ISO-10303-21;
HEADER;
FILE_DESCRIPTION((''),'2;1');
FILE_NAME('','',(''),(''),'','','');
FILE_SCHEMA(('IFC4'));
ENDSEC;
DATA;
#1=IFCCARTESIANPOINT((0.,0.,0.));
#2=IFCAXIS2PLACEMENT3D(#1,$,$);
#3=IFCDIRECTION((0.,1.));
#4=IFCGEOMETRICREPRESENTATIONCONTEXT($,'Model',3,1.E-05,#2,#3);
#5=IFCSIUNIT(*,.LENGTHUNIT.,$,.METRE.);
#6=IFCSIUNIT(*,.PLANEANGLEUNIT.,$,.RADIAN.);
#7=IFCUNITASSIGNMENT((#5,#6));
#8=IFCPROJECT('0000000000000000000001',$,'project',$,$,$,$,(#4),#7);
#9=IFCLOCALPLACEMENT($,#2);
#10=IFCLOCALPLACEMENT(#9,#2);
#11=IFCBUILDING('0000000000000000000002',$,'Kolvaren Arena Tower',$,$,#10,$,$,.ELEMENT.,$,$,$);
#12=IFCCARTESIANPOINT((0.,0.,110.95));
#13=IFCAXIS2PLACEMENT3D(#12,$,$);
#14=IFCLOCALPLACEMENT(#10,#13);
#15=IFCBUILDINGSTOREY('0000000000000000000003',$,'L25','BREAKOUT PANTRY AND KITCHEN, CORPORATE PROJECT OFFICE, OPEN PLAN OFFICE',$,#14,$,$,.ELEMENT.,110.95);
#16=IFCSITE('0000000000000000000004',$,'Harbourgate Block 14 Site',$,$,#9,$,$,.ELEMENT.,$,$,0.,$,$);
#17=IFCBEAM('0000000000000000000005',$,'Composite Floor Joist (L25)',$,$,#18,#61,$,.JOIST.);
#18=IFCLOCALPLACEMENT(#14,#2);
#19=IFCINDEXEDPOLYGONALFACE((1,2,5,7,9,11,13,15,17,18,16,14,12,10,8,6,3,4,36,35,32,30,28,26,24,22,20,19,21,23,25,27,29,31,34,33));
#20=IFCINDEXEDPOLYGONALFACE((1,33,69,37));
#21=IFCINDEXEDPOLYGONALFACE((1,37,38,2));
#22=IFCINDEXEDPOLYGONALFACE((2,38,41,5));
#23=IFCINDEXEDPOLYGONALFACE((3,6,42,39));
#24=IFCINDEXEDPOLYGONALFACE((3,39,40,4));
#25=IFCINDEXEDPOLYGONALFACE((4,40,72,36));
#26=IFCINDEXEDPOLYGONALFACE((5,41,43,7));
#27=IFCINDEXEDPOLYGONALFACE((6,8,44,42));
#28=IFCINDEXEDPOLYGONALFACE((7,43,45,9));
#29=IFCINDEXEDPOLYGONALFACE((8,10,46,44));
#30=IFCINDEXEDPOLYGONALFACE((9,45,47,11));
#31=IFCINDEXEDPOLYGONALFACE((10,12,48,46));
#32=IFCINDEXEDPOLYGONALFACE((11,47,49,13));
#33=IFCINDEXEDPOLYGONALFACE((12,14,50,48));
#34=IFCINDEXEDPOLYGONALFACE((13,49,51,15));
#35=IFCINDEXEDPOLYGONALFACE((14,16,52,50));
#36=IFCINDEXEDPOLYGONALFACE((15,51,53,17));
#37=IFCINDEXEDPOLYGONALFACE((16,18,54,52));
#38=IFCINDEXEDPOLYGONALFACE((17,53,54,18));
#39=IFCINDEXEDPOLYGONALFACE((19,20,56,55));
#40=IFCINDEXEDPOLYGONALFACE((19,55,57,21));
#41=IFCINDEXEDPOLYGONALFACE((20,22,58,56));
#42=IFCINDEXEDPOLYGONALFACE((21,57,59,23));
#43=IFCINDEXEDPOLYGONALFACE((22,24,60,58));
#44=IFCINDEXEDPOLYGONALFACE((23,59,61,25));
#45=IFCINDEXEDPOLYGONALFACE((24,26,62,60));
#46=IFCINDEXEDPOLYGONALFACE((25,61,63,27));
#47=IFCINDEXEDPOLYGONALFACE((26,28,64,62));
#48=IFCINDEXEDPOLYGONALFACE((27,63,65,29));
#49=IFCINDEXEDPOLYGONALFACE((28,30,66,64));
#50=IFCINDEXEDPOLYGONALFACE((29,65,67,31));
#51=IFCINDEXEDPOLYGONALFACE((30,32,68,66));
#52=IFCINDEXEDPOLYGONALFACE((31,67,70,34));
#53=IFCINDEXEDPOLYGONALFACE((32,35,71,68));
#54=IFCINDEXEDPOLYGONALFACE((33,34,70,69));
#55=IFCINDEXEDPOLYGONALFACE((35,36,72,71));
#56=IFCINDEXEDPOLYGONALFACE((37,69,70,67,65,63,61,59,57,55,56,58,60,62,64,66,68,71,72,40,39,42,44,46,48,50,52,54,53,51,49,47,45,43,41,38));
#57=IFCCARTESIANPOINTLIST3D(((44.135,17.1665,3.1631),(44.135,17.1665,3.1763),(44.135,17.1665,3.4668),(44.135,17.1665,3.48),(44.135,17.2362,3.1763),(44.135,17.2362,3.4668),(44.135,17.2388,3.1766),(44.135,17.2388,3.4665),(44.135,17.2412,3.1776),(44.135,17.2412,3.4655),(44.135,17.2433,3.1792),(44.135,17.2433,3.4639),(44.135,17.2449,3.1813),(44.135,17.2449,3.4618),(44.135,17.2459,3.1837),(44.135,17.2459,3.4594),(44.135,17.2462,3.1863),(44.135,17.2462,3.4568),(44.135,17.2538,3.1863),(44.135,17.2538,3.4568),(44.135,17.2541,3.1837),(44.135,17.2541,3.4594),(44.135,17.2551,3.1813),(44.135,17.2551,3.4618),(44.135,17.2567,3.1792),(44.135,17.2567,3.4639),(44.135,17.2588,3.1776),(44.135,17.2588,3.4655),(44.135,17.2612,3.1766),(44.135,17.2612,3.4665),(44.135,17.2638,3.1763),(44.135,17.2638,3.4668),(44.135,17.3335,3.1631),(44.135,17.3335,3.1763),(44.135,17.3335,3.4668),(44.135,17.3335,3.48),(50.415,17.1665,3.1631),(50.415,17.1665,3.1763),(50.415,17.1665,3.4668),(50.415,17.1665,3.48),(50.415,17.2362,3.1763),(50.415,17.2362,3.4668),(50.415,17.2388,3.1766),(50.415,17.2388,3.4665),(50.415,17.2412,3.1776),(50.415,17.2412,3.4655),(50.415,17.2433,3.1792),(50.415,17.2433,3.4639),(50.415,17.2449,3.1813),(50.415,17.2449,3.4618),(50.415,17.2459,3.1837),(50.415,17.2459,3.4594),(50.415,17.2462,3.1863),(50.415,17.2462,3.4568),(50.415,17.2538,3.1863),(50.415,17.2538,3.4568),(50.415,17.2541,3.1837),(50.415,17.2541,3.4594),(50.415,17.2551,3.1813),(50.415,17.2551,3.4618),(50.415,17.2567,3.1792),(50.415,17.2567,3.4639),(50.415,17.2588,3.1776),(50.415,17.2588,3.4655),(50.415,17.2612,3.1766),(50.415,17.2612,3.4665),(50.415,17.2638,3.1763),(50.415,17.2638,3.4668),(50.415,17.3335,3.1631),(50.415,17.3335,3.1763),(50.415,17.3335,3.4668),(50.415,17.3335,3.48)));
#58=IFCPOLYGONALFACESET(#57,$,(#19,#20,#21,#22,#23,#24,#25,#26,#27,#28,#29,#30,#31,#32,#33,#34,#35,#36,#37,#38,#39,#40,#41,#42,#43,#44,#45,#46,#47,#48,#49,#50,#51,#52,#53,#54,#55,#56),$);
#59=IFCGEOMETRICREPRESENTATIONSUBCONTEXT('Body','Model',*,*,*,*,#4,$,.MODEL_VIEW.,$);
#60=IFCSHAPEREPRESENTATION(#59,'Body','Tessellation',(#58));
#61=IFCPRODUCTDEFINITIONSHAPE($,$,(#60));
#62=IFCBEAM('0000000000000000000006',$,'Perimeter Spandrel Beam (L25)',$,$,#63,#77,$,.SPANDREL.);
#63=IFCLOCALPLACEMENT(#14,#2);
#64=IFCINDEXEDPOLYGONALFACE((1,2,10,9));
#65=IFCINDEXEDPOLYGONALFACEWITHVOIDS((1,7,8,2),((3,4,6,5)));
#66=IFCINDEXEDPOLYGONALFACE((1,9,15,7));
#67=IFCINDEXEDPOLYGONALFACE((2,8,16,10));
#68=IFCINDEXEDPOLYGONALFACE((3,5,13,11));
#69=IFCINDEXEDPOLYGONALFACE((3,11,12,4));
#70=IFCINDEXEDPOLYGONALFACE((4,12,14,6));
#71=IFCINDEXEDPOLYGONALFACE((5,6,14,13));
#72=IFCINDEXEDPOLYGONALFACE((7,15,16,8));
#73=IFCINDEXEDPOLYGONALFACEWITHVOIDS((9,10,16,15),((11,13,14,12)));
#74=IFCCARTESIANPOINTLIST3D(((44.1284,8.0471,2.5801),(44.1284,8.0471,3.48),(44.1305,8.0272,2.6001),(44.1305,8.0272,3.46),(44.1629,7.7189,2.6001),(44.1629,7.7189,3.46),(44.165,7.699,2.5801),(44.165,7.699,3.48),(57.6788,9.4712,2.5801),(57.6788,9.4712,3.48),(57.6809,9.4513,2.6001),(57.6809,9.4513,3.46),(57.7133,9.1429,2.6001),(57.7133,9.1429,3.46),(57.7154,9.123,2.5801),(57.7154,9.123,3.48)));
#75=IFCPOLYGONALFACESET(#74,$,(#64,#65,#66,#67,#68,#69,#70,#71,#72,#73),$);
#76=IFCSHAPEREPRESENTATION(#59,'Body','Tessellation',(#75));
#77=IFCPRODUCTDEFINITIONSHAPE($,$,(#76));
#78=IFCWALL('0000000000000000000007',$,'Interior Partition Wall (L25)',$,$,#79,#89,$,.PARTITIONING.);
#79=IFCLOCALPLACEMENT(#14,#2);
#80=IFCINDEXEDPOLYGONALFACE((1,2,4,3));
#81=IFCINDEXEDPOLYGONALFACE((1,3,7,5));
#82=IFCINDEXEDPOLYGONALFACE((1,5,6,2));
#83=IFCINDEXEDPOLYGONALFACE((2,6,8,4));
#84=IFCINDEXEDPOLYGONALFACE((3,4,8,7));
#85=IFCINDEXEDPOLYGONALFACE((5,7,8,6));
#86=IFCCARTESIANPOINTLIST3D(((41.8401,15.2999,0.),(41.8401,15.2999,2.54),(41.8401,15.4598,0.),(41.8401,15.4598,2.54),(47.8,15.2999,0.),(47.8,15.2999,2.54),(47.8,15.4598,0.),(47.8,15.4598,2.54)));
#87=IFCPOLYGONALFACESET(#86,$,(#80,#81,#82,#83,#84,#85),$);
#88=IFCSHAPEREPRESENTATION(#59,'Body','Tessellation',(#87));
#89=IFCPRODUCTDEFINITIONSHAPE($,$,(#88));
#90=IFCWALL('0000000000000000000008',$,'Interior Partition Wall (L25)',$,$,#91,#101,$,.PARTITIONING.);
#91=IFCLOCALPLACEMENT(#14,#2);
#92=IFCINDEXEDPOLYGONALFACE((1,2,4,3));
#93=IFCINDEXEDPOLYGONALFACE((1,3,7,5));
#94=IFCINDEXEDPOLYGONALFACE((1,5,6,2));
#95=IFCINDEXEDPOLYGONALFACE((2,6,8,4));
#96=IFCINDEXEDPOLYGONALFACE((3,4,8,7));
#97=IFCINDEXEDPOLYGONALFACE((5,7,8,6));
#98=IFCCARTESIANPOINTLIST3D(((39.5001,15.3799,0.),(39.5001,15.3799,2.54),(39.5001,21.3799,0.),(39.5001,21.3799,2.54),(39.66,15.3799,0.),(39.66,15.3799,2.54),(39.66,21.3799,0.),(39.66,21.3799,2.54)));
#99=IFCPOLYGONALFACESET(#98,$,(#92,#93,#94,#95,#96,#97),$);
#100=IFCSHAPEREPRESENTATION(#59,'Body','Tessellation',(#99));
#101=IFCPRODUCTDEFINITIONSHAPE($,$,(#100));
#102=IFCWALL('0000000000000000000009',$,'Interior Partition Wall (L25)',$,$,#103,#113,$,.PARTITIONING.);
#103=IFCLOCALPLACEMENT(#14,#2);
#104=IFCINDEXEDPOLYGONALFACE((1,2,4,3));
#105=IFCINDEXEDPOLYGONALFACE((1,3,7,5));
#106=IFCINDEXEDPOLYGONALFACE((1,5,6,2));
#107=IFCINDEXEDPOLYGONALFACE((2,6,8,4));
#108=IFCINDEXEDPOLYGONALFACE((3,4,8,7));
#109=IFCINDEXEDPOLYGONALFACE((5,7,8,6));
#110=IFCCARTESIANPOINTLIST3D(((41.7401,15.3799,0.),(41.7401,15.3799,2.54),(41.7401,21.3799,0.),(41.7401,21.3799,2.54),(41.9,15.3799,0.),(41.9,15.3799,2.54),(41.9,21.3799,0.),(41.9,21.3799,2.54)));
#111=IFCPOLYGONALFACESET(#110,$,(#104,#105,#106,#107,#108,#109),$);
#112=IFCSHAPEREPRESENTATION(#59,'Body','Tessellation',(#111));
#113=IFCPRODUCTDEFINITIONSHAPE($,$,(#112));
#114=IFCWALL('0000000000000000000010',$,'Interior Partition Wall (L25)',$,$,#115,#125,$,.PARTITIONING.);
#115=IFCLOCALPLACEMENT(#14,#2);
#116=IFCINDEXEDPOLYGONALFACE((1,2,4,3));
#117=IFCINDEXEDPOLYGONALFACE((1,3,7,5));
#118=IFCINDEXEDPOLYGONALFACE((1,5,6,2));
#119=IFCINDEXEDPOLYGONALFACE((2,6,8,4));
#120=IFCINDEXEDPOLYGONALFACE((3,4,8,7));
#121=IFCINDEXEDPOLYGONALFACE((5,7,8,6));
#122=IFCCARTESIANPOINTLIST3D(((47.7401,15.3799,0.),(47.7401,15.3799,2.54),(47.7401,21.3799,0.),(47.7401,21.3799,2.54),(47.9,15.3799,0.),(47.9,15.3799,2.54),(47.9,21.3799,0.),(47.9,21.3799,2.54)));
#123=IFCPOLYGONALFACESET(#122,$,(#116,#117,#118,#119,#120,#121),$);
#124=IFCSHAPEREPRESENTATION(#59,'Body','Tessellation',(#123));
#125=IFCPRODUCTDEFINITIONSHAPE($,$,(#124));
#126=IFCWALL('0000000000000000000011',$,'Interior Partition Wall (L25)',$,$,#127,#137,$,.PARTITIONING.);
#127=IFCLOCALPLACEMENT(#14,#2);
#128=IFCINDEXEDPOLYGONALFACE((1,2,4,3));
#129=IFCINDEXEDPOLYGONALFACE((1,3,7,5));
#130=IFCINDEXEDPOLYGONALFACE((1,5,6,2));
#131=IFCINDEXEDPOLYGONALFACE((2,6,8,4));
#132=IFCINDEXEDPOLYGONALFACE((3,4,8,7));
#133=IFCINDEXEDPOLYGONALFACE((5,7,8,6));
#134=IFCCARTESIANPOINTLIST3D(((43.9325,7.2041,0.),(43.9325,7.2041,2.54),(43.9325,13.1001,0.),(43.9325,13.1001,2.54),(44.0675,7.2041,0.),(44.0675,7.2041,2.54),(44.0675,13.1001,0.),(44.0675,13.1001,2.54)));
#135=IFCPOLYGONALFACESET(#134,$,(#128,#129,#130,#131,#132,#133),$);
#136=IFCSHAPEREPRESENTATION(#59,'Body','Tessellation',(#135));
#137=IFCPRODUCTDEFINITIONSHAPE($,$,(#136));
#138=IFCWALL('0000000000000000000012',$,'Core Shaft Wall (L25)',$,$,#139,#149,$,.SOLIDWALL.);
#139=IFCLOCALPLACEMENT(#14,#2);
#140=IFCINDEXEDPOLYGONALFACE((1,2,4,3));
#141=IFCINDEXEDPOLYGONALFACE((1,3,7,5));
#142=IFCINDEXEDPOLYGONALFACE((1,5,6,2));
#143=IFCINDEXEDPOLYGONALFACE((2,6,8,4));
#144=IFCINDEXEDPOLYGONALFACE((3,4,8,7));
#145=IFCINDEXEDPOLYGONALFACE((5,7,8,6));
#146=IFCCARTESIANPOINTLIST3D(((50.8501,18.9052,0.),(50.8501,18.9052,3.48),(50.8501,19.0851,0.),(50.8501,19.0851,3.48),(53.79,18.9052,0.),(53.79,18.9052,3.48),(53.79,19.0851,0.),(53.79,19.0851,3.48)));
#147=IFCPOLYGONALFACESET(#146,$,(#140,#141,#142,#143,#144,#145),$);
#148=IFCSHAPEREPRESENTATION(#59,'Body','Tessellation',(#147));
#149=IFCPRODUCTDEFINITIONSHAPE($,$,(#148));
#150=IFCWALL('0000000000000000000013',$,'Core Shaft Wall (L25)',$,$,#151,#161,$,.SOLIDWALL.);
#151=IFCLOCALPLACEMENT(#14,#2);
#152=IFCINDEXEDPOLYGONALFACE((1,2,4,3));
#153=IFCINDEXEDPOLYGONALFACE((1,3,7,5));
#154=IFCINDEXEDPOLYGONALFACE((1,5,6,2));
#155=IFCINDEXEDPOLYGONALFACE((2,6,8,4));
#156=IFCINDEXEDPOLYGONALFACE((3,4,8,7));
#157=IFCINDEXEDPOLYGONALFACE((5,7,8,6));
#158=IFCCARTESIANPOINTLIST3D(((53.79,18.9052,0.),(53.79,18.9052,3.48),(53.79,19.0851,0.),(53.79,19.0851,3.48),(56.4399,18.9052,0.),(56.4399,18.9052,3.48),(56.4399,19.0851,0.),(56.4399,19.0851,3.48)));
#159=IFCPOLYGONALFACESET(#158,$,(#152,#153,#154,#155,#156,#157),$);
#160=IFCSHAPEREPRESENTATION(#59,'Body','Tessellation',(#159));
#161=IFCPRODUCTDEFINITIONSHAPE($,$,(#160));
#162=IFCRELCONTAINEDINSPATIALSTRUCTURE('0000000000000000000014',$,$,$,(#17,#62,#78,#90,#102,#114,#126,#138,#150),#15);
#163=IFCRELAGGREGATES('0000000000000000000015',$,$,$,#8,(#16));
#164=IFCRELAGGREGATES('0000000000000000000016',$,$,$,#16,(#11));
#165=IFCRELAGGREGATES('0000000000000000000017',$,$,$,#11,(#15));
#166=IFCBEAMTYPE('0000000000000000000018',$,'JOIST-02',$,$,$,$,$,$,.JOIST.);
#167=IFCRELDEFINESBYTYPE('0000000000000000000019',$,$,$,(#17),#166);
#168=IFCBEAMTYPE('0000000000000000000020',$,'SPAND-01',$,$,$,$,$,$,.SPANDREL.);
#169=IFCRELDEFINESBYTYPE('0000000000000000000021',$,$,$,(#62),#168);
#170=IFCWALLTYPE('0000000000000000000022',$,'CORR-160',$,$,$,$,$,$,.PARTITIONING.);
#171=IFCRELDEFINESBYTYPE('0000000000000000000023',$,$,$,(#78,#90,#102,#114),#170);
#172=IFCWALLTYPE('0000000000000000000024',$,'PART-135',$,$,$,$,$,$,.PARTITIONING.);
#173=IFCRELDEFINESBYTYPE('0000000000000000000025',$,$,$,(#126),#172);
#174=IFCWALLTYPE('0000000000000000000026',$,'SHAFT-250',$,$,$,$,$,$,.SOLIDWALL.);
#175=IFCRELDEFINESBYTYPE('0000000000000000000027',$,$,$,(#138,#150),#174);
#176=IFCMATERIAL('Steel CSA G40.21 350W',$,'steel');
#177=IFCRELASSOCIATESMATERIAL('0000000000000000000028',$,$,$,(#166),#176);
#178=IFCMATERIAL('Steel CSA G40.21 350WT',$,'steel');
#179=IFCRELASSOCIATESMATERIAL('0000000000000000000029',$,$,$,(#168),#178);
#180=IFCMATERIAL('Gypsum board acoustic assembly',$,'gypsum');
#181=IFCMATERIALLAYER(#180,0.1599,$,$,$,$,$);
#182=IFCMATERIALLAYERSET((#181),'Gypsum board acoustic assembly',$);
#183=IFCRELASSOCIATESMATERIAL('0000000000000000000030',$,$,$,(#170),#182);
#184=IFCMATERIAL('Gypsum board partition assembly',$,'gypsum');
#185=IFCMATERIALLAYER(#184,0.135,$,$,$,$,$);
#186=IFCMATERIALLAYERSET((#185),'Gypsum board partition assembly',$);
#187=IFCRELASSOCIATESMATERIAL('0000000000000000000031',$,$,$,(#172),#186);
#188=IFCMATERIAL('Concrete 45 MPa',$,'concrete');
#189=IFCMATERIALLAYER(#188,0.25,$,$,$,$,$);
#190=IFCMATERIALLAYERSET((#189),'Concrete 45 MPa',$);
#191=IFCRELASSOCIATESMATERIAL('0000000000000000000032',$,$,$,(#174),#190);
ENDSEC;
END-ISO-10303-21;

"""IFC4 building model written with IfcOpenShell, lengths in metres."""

from ifc_helpers import new_model, si_unit, direction, frame, frame_2d, origin, origin_2d, place, context, subcontext, project, spatial, rectangle, hollow_rectangle, i_section, extrude, material, layer, layer_set, material_profile, profile_set, type_object, element, save


model = new_model("IFC4")

# Units and contexts
model_context = context("Model", 3, precision=1e-05, world=origin(), true_north=direction((0.0, 1.0)))
body_context = subcontext(model_context, "Body", "Model", "MODEL_VIEW")
ifc_project = project(units=[si_unit("LENGTHUNIT", "METRE"), si_unit("PLANEANGLEUNIT", "RADIAN")], contexts=[model_context])

# Site, building, storey
site_placement = place(None, origin())
site = spatial("IfcSite", under=ifc_project, at=site_placement, Name="Harbourgate Block 14 Site", CompositionType="ELEMENT", RefElevation=0.0)
building_placement = place(site_placement, origin())
building = spatial("IfcBuilding", under=site, at=building_placement, Name="Kolvaren Arena Tower", CompositionType="ELEMENT")
storey_placement = place(building_placement, frame((0.0, 0.0, 110.95)))
storey = spatial("IfcBuildingStorey", under=building, at=storey_placement, Name="L25", Description="BREAKOUT PANTRY AND KITCHEN, CORPORATE PROJECT OFFICE, OPEN PLAN OFFICE", CompositionType="ELEMENT", Elevation=110.95)

# Beams
ifc_material_1 = material(Name="Steel CSA G40.21 350W", Category="steel")
ifc_material_profile_1 = material_profile(ifc_material_1, i_section(OverallWidth=0.167, OverallDepth=0.3169, WebThickness=0.0076, FlangeThickness=0.0132, FilletRadius=0.01, at=origin_2d()), Name="W310x52")
ifc_profile_set_1 = profile_set([ifc_material_profile_1], Name="Steel CSA G40.21 350W")
beam_type_1 = type_object("IfcBeamType", Name="JOIST-02", PredefinedType="JOIST", material=ifc_profile_set_1)
beam_1_placement = place(storey_placement, frame((44.135, 17.25, 3.3215), z_axis=(1.0, 0.0, 0.0), x_axis=(0.0, 1.0, 0.0)))
element("IfcBeam", 1, at=beam_1_placement, inside=storey, type_object=beam_type_1, Name="Composite Floor Joist (L25)", PredefinedType="JOIST", context=body_context, shape_type="SweptSolid", body=[
    extrude(i_section(OverallWidth=0.167, OverallDepth=0.3169, WebThickness=0.0076, FlangeThickness=0.0132, FilletRadius=0.01, at=origin_2d()), origin(), (0.0, 0.0, 1.0), 6.28),
])
ifc_material_2 = material(Name="Steel CSA G40.21 350WT", Category="steel")
ifc_material_profile_2 = material_profile(ifc_material_2, hollow_rectangle(XDim=0.3501, YDim=0.8999, WallThickness=0.02, at=origin_2d()), Name="HSS 900x350x20")
ifc_profile_set_2 = profile_set([ifc_material_profile_2], Name="Steel CSA G40.21 350WT")
beam_type_2 = type_object("IfcBeamType", Name="SPAND-01", PredefinedType="SPANDREL", material=ifc_profile_set_2)
beam_2_placement = place(storey_placement, frame((44.1467, 7.873, 3.03), z_axis=(0.994523, 0.10452, 0.0), x_axis=(-0.10452, 0.994523, 0.0)))
element("IfcBeam", 2, at=beam_2_placement, inside=storey, type_object=beam_type_2, Name="Perimeter Spandrel Beam (L25)", PredefinedType="SPANDREL", context=body_context, shape_type="SweptSolid", body=[
    extrude(hollow_rectangle(XDim=0.3501, YDim=0.8999, WallThickness=0.02, at=origin_2d()), origin(), (0.0, 0.0, 1.0), 13.625),
])

# Walls
ifc_material_3 = material(Name="Gypsum board acoustic assembly", Category="gypsum")
ifc_layer_1 = layer(ifc_material_3, 0.1599)
ifc_layer_set_1 = layer_set([ifc_layer_1], Name="Gypsum board acoustic assembly")
wall_type_1 = type_object("IfcWallType", Name="CORR-160", PredefinedType="PARTITIONING", material=ifc_layer_set_1)
wall_1_placement = place(storey_placement, frame((41.8401, 15.3799, 0.0), z_axis=(0.0, 0.0, 1.0), x_axis=(1.0, 0.0, 0.0)))
element("IfcWall", 3, at=wall_1_placement, inside=storey, type_object=wall_type_1, Name="Interior Partition Wall (L25)", PredefinedType="PARTITIONING", context=body_context, shape_type="SweptSolid", body=[
    extrude(rectangle(XDim=5.96, YDim=0.1599, at=frame_2d((2.98, 0.0))), origin(), (0.0, 0.0, 1.0), 2.54),
])
for number, where, z_axis, x_axis, name in (
    (4, (39.5801, 15.3799, 0.0), (0.0, 0.0, 1.0), (0.0, 1.0, 0.0), "Interior Partition Wall (L25)"),
    (5, (41.8201, 15.3799, 0.0), (0.0, 0.0, 1.0), (0.0, 1.0, 0.0), "Interior Partition Wall (L25)"),
    (6, (47.8201, 15.3799, 0.0), (0.0, 0.0, 1.0), (0.0, 1.0, 0.0), "Interior Partition Wall (L25)"),
):
    element("IfcWall", number, at=place(storey_placement, frame(where, z_axis=z_axis, x_axis=x_axis)), inside=storey, type_object=wall_type_1, Name=name, PredefinedType="PARTITIONING", context=body_context, shape_type="SweptSolid", body=[
        extrude(rectangle(XDim=6.0, YDim=0.1599, at=frame_2d((3.0, 0.0))), origin(), (0.0, 0.0, 1.0), 2.54),
    ])
ifc_material_4 = material(Name="Gypsum board partition assembly", Category="gypsum")
ifc_layer_2 = layer(ifc_material_4, 0.135)
ifc_layer_set_2 = layer_set([ifc_layer_2], Name="Gypsum board partition assembly")
wall_type_2 = type_object("IfcWallType", Name="PART-135", PredefinedType="PARTITIONING", material=ifc_layer_set_2)
wall_2_placement = place(storey_placement, frame((44.0, 7.2041, 0.0), z_axis=(0.0, 0.0, 1.0), x_axis=(0.0, 1.0, 0.0)))
element("IfcWall", 7, at=wall_2_placement, inside=storey, type_object=wall_type_2, Name="Interior Partition Wall (L25)", PredefinedType="PARTITIONING", context=body_context, shape_type="SweptSolid", body=[
    extrude(rectangle(XDim=5.896, YDim=0.135, at=frame_2d((2.948, 0.0))), origin(), (0.0, 0.0, 1.0), 2.54),
])
ifc_material_5 = material(Name="Concrete 45 MPa", Category="concrete")
ifc_layer_3 = layer(ifc_material_5, 0.25)
ifc_layer_set_3 = layer_set([ifc_layer_3], Name="Concrete 45 MPa")
wall_type_3 = type_object("IfcWallType", Name="SHAFT-250", PredefinedType="SOLIDWALL", material=ifc_layer_set_3)
wall_3_placement = place(storey_placement, frame((50.8501, 18.9951, 0.0), z_axis=(0.0, 0.0, 1.0), x_axis=(1.0, 0.0, 0.0)))
element("IfcWall", 8, at=wall_3_placement, inside=storey, type_object=wall_type_3, Name="Core Shaft Wall (L25)", PredefinedType="SOLIDWALL", context=body_context, shape_type="SweptSolid", body=[
    extrude(rectangle(XDim=2.9399, YDim=0.1799, at=frame_2d((1.47, 0.0))), origin(), (0.0, 0.0, 1.0), 3.48),
])
wall_4_placement = place(storey_placement, frame((53.79, 18.9951, 0.0), z_axis=(0.0, 0.0, 1.0), x_axis=(1.0, 0.0, 0.0)))
element("IfcWall", 9, at=wall_4_placement, inside=storey, type_object=wall_type_3, Name="Core Shaft Wall (L25)", PredefinedType="SOLIDWALL", context=body_context, shape_type="SweptSolid", body=[
    extrude(rectangle(XDim=2.6499, YDim=0.1799, at=frame_2d((1.325, 0.0))), origin(), (0.0, 0.0, 1.0), 3.48),
])

save(model, "model.ifc")
